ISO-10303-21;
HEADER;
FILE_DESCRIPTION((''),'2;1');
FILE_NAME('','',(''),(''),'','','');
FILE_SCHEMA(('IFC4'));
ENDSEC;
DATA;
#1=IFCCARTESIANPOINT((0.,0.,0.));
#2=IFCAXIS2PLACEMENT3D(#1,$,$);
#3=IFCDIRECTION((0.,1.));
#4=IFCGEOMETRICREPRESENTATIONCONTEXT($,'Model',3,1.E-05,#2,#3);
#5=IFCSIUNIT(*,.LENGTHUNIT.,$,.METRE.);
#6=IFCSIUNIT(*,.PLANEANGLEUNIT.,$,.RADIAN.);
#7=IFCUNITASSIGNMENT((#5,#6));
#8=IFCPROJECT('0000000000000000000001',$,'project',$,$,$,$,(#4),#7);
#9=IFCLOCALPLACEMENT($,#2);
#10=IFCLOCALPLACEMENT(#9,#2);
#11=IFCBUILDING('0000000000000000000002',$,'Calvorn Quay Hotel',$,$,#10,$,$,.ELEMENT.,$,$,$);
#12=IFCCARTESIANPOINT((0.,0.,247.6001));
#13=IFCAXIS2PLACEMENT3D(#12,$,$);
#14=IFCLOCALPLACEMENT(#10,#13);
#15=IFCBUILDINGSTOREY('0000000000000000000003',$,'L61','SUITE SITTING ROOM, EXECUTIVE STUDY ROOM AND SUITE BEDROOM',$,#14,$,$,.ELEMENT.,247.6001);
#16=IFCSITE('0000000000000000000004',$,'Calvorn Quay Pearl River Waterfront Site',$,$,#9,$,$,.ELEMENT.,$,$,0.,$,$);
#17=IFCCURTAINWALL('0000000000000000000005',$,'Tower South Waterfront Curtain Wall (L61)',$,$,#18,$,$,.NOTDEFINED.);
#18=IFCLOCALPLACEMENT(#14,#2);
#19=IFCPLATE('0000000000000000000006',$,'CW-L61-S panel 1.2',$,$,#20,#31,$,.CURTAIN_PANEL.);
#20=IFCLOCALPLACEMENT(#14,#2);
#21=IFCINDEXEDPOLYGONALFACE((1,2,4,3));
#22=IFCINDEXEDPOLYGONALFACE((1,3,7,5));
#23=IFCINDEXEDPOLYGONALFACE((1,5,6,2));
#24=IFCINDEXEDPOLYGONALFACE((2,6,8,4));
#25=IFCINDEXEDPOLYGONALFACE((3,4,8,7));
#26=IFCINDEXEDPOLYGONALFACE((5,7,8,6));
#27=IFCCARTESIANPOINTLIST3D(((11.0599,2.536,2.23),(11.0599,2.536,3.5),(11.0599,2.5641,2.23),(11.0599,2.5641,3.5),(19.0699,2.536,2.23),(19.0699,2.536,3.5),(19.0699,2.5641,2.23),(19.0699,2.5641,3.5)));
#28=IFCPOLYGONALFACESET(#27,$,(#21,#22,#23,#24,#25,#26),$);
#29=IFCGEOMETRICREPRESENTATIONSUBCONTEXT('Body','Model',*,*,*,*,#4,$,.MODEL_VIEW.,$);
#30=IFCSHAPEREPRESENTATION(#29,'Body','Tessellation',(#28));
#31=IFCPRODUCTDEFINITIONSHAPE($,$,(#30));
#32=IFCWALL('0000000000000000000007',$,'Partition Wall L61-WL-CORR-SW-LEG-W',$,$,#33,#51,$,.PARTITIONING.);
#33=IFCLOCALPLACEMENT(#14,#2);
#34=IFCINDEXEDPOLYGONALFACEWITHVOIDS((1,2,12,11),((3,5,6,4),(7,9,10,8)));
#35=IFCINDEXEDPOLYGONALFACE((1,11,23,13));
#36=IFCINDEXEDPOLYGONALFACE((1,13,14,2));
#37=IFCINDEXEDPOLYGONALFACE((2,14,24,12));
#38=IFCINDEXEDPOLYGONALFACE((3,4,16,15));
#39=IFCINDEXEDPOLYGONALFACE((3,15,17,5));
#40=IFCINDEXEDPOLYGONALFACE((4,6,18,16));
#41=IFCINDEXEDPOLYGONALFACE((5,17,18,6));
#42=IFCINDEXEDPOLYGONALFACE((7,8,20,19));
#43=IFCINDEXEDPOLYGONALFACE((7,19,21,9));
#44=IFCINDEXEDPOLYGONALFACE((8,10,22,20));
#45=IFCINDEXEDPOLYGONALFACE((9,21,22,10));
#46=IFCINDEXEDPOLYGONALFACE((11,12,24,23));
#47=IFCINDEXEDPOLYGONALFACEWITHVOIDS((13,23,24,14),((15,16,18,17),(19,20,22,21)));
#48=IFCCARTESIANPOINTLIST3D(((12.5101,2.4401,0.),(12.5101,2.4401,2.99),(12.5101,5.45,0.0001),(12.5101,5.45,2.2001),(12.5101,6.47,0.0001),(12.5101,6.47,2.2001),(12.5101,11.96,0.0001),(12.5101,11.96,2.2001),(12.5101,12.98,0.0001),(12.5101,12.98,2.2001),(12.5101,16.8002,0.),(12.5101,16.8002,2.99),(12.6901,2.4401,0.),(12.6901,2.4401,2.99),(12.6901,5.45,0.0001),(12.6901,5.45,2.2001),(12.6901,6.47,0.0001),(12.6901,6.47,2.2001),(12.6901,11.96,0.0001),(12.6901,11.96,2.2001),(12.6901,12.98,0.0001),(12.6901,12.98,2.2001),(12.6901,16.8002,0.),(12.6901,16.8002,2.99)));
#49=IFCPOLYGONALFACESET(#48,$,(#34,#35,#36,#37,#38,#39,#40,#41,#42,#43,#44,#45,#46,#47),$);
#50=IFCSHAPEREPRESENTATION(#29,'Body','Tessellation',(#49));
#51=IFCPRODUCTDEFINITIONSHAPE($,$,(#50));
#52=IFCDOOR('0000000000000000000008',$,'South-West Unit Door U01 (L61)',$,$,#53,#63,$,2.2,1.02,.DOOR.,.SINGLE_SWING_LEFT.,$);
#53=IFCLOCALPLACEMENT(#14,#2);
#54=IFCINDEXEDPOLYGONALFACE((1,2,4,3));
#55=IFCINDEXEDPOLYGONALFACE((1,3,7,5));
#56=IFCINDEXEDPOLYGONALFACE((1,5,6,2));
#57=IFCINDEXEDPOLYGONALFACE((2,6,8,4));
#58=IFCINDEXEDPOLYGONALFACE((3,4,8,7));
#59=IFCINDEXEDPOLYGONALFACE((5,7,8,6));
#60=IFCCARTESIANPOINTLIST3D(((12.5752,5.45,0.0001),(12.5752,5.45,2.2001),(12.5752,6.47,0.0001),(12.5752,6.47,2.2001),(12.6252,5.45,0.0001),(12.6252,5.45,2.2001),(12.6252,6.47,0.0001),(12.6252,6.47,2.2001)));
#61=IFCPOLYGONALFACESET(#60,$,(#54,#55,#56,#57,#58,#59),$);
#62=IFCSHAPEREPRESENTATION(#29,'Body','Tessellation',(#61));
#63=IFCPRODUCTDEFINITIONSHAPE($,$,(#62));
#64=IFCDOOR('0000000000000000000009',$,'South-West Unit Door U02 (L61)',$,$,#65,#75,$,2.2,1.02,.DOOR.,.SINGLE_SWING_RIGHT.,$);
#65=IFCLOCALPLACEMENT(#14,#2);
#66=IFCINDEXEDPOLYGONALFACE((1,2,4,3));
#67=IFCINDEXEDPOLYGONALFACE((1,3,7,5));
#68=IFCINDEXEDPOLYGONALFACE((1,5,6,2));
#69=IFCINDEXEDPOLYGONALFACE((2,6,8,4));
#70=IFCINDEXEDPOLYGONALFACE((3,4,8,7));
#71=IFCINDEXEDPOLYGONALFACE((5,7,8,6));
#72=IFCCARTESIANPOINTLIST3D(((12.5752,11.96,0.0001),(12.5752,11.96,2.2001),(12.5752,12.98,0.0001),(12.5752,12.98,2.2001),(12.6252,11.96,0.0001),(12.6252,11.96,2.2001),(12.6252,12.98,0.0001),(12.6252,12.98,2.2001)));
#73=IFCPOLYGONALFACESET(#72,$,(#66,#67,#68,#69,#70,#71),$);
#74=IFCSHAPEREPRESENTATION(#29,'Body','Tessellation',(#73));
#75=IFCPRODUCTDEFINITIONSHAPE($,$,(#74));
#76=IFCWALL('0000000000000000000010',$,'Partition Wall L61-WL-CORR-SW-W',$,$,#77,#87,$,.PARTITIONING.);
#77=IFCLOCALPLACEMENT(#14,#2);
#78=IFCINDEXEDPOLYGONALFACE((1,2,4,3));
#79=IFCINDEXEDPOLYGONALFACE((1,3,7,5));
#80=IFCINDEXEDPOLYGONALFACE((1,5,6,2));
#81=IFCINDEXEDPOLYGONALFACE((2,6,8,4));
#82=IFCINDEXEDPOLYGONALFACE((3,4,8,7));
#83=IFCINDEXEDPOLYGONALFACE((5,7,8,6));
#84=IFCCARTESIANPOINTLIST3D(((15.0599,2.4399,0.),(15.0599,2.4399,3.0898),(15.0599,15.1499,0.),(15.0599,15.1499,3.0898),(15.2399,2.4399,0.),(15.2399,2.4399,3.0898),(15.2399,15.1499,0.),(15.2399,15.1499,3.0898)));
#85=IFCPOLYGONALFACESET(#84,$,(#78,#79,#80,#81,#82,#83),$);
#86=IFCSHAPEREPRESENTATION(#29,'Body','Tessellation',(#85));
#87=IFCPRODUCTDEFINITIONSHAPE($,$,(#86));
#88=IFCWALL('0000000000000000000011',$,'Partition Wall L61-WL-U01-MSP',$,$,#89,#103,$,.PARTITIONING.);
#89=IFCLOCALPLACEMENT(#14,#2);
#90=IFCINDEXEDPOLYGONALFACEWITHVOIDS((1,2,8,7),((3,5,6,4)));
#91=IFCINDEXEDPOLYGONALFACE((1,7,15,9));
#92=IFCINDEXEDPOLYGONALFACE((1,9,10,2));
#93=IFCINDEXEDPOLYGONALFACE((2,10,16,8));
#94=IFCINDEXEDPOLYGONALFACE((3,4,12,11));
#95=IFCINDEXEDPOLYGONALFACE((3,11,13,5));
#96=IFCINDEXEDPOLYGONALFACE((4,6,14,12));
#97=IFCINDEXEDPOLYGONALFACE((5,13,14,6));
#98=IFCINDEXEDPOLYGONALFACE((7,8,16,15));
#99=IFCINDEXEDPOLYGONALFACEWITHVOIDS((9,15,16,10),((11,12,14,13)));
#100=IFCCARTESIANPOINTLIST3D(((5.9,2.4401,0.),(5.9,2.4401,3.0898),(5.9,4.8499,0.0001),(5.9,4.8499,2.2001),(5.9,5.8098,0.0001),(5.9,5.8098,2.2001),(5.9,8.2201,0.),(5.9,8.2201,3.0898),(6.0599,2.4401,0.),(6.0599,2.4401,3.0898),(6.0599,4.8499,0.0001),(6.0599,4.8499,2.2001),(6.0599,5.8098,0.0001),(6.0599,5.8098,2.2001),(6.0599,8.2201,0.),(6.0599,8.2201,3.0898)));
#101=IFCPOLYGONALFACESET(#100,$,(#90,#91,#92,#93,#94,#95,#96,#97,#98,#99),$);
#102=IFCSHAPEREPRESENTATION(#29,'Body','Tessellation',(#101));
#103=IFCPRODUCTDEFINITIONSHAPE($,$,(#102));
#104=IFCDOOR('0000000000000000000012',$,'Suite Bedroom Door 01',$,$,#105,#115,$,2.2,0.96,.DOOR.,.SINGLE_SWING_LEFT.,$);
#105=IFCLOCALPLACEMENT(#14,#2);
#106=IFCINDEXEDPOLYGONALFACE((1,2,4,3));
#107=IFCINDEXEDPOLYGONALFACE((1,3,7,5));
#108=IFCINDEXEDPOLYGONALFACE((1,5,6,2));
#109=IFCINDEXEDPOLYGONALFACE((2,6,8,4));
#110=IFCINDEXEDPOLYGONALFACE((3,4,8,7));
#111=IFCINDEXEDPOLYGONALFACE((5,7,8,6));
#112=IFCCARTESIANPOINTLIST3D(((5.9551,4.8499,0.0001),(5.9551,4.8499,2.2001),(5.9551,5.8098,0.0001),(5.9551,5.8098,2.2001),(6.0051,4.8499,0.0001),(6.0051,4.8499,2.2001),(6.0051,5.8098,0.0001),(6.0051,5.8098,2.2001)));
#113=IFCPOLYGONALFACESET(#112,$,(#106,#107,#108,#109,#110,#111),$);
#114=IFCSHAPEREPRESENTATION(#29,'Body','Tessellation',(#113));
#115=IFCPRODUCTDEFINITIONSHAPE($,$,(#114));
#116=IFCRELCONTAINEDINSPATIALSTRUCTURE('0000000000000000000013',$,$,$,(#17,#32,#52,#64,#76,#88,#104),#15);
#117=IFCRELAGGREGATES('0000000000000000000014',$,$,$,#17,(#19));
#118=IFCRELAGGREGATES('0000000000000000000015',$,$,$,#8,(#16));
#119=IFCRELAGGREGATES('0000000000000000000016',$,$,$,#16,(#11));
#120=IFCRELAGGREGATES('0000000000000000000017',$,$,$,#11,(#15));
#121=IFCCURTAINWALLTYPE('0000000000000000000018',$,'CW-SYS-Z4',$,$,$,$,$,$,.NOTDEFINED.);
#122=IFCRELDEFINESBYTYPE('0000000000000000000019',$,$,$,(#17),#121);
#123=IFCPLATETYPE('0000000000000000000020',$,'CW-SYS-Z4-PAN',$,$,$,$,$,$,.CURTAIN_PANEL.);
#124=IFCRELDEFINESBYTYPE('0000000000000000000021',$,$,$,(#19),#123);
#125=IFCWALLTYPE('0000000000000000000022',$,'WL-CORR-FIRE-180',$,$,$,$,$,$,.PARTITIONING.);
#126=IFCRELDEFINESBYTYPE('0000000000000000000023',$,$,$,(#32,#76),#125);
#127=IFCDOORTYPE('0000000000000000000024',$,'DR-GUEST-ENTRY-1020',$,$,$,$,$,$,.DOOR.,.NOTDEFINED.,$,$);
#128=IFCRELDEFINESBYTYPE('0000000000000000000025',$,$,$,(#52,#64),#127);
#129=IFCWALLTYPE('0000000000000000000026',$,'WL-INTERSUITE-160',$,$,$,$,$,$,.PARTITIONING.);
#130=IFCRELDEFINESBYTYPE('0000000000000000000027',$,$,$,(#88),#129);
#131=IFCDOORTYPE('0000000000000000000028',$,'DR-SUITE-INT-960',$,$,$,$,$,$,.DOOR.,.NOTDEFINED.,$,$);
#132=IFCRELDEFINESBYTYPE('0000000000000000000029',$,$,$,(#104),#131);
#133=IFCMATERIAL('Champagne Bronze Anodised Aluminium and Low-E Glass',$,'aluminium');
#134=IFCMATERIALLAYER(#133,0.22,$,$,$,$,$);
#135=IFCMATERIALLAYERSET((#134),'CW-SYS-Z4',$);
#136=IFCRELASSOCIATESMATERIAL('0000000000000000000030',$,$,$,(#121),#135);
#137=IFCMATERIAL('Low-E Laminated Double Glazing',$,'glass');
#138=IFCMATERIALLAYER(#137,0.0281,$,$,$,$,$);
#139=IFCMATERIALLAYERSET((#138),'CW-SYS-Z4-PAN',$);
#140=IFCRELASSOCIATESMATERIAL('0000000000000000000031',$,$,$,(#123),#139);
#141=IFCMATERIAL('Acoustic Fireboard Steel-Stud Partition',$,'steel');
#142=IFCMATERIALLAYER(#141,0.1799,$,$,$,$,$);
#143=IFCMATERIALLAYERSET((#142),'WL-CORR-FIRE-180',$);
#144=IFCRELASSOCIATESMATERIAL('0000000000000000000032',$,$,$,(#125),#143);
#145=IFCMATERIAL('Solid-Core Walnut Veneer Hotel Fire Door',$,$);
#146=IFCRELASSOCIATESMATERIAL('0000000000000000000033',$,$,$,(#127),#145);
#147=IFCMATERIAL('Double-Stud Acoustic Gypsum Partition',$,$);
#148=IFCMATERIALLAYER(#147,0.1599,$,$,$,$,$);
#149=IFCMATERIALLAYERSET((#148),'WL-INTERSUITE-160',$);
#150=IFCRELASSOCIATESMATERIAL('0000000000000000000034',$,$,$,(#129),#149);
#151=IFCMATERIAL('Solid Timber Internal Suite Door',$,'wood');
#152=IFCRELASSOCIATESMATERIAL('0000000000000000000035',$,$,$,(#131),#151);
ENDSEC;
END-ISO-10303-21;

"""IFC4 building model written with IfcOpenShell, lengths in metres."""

from ifc_helpers import new_model, si_unit, direction, frame, frame_2d, origin, origin_2d, place, context, subcontext, project, spatial, rectangle, extrude, material, layer, layer_set, type_object, element, fill, aggregate, save


model = new_model("IFC4")

# Units and contexts
model_context = context("Model", 3, precision=1e-05, world=origin(), true_north=direction((0.0, 1.0)))
body_context = subcontext(model_context, "Body", "Model", "MODEL_VIEW")
ifc_project = project(units=[si_unit("LENGTHUNIT", "METRE"), si_unit("PLANEANGLEUNIT", "RADIAN")], contexts=[model_context])

# Site, building, storey
site_placement = place(None, origin())
site = spatial("IfcSite", under=ifc_project, at=site_placement, Name="Calvorn Quay Pearl River Waterfront Site", CompositionType="ELEMENT", RefElevation=0.0)
building_placement = place(site_placement, origin())
building = spatial("IfcBuilding", under=site, at=building_placement, Name="Calvorn Quay Hotel", CompositionType="ELEMENT")
storey_placement = place(building_placement, frame((0.0, 0.0, 247.6001)))
storey = spatial("IfcBuildingStorey", under=building, at=storey_placement, Name="L61", Description="SUITE SITTING ROOM, EXECUTIVE STUDY ROOM AND SUITE BEDROOM", CompositionType="ELEMENT", Elevation=247.6001)

# Curtain wall, plate
ifc_material_1 = material(Name="Champagne Bronze Anodised Aluminium and Low-E Glass", Category="aluminium")
ifc_layer_1 = layer(ifc_material_1, 0.22)
ifc_layer_set_1 = layer_set([ifc_layer_1], Name="CW-SYS-Z4")
curtain_wall_type = type_object("IfcCurtainWallType", Name="CW-SYS-Z4", PredefinedType="NOTDEFINED", material=ifc_layer_set_1)
curtain_wall_placement = place(storey_placement, origin())
curtain_wall = element("IfcCurtainWall", 1, at=curtain_wall_placement, inside=storey, type_object=curtain_wall_type, Name="Tower South Waterfront Curtain Wall (L61)", PredefinedType="NOTDEFINED")
ifc_material_2 = material(Name="Low-E Laminated Double Glazing", Category="glass")
ifc_layer_2 = layer(ifc_material_2, 0.0281)
ifc_layer_set_2 = layer_set([ifc_layer_2], Name="CW-SYS-Z4-PAN")
plate_type = type_object("IfcPlateType", Name="CW-SYS-Z4-PAN", PredefinedType="CURTAIN_PANEL", material=ifc_layer_set_2)
plate_1_placement = place(storey_placement, frame((15.0649, 2.55, 2.23), z_axis=(0.0, 0.0, 1.0), x_axis=(1.0, 0.0, 0.0)))
plate_1 = element("IfcPlate", 2, at=plate_1_placement, type_object=plate_type, Name="CW-L61-S panel 1.2", PredefinedType="CURTAIN_PANEL", context=body_context, shape_type="SweptSolid", body=[
    extrude(rectangle(XDim=8.01, YDim=0.0281, at=origin_2d()), origin(), (0.0, 0.0, 1.0), 1.27),
])
aggregate(curtain_wall, [plate_1])

# Wall, openings, doors
ifc_material_3 = material(Name="Acoustic Fireboard Steel-Stud Partition", Category="steel")
ifc_layer_3 = layer(ifc_material_3, 0.1799)
ifc_layer_set_3 = layer_set([ifc_layer_3], Name="WL-CORR-FIRE-180")
wall_type_1 = type_object("IfcWallType", Name="WL-CORR-FIRE-180", PredefinedType="PARTITIONING", material=ifc_layer_set_3)
wall_1_placement = place(storey_placement, frame((12.6001, 2.4399, 0.0), z_axis=(0.0, 0.0, 1.0), x_axis=(0.0, 1.0, 0.0)))
wall_1 = element("IfcWall", 3, at=wall_1_placement, inside=storey, type_object=wall_type_1, Name="Partition Wall L61-WL-CORR-SW-LEG-W", PredefinedType="PARTITIONING", context=body_context, shape_type="SweptSolid", body=[
    extrude(rectangle(XDim=14.3601, YDim=0.1799, at=frame_2d((7.1802, 0.0))), origin(), (0.0, 0.0, 1.0), 2.99),
])
opening_1_placement = place(wall_1_placement, frame((3.01, 0.0, 0.0)))
opening_1 = element("IfcOpeningElement", 4, at=opening_1_placement, cuts=wall_1, PredefinedType="OPENING", context=body_context, shape_type="SweptSolid", body=[
    extrude(rectangle(XDim=1.02, YDim=2.2, at=frame_2d((0.51, 1.1001))), frame((0.0, 0.0999, 0.0), z_axis=(0.0, -1.0, 0.0), x_axis=(1.0, 0.0, 0.0)), (0.0, 0.0, 1.0), 0.2),
])
opening_2_placement = place(wall_1_placement, frame((9.52, 0.0, 0.0)))
opening_2 = element("IfcOpeningElement", 5, at=opening_2_placement, cuts=wall_1, PredefinedType="OPENING", context=body_context, shape_type="SweptSolid", body=[
    extrude(rectangle(XDim=1.02, YDim=2.2, at=frame_2d((0.51, 1.1001))), frame((0.0, 0.0999, 0.0), z_axis=(0.0, -1.0, 0.0), x_axis=(1.0, 0.0, 0.0)), (0.0, 0.0, 1.0), 0.2),
])
ifc_material_4 = material(Name="Solid-Core Walnut Veneer Hotel Fire Door")
door_type_1 = type_object("IfcDoorType", Name="DR-GUEST-ENTRY-1020", OperationType="NOTDEFINED", PredefinedType="DOOR", material=ifc_material_4)
door_1_placement = place(opening_1_placement, origin())
door_1 = element("IfcDoor", 6, at=door_1_placement, inside=storey, type_object=door_type_1, Name="South-West Unit Door U01 (L61)", OperationType="SINGLE_SWING_LEFT", OverallHeight=2.2, OverallWidth=1.02, PredefinedType="DOOR", context=body_context, shape_type="SweptSolid", body=[
    extrude(rectangle(XDim=1.02, YDim=2.2, at=frame_2d((0.51, 1.1001))), frame((0.0, 0.0249, 0.0), z_axis=(0.0, -1.0, 0.0), x_axis=(1.0, 0.0, 0.0)), (0.0, 0.0, 1.0), 0.05),
])
fill(opening_1, door_1)
door_2_placement = place(opening_2_placement, origin())
door_2 = element("IfcDoor", 7, at=door_2_placement, inside=storey, type_object=door_type_1, Name="South-West Unit Door U02 (L61)", OperationType="SINGLE_SWING_RIGHT", OverallHeight=2.2, OverallWidth=1.02, PredefinedType="DOOR", context=body_context, shape_type="SweptSolid", body=[
    extrude(rectangle(XDim=1.02, YDim=2.2, at=frame_2d((0.51, 1.1001))), frame((0.0, 0.0249, 0.0), z_axis=(0.0, -1.0, 0.0), x_axis=(1.0, 0.0, 0.0)), (0.0, 0.0, 1.0), 0.05),
])
fill(opening_2, door_2)

# Wall
wall_2_placement = place(storey_placement, frame((15.1499, 2.4399, 0.0), z_axis=(0.0, 0.0, 1.0), x_axis=(0.0, 1.0, 0.0)))
element("IfcWall", 8, at=wall_2_placement, inside=storey, type_object=wall_type_1, Name="Partition Wall L61-WL-CORR-SW-W", PredefinedType="PARTITIONING", context=body_context, shape_type="SweptSolid", body=[
    extrude(rectangle(XDim=12.71, YDim=0.1799, at=frame_2d((6.355, 0.0))), origin(), (0.0, 0.0, 1.0), 3.0898),
])

# Wall, opening, door
ifc_material_5 = material(Name="Double-Stud Acoustic Gypsum Partition")
ifc_layer_4 = layer(ifc_material_5, 0.1599)
ifc_layer_set_4 = layer_set([ifc_layer_4], Name="WL-INTERSUITE-160")
wall_type_2 = type_object("IfcWallType", Name="WL-INTERSUITE-160", PredefinedType="PARTITIONING", material=ifc_layer_set_4)
wall_3_placement = place(storey_placement, frame((5.98, 2.4399, 0.0), z_axis=(0.0, 0.0, 1.0), x_axis=(0.0, 1.0, 0.0)))
wall_3 = element("IfcWall", 9, at=wall_3_placement, inside=storey, type_object=wall_type_2, Name="Partition Wall L61-WL-U01-MSP", PredefinedType="PARTITIONING", context=body_context, shape_type="SweptSolid", body=[
    extrude(rectangle(XDim=5.78, YDim=0.1599, at=frame_2d((2.8901, 0.0))), origin(), (0.0, 0.0, 1.0), 3.0898),
])
opening_3_placement = place(wall_3_placement, frame((2.4099, 0.0, 0.0)))
opening_3 = element("IfcOpeningElement", 10, at=opening_3_placement, cuts=wall_3, PredefinedType="OPENING", context=body_context, shape_type="SweptSolid", body=[
    extrude(rectangle(XDim=0.96, YDim=2.2, at=frame_2d((0.48, 1.1001))), frame((0.0, 0.0898, 0.0), z_axis=(0.0, -1.0, 0.0), x_axis=(1.0, 0.0, 0.0)), (0.0, 0.0, 1.0), 0.1799),
])
ifc_material_6 = material(Name="Solid Timber Internal Suite Door", Category="wood")
door_type_2 = type_object("IfcDoorType", Name="DR-SUITE-INT-960", OperationType="NOTDEFINED", PredefinedType="DOOR", material=ifc_material_6)
door_3_placement = place(opening_3_placement, origin())
door_3 = element("IfcDoor", 11, at=door_3_placement, inside=storey, type_object=door_type_2, Name="Suite Bedroom Door 01", OperationType="SINGLE_SWING_LEFT", OverallHeight=2.2, OverallWidth=0.96, PredefinedType="DOOR", context=body_context, shape_type="SweptSolid", body=[
    extrude(rectangle(XDim=0.96, YDim=2.2, at=frame_2d((0.48, 1.1001))), frame((0.0, 0.0249, 0.0), z_axis=(0.0, -1.0, 0.0), x_axis=(1.0, 0.0, 0.0)), (0.0, 0.0, 1.0), 0.05),
])
fill(opening_3, door_3)

save(model, "model.ifc")
